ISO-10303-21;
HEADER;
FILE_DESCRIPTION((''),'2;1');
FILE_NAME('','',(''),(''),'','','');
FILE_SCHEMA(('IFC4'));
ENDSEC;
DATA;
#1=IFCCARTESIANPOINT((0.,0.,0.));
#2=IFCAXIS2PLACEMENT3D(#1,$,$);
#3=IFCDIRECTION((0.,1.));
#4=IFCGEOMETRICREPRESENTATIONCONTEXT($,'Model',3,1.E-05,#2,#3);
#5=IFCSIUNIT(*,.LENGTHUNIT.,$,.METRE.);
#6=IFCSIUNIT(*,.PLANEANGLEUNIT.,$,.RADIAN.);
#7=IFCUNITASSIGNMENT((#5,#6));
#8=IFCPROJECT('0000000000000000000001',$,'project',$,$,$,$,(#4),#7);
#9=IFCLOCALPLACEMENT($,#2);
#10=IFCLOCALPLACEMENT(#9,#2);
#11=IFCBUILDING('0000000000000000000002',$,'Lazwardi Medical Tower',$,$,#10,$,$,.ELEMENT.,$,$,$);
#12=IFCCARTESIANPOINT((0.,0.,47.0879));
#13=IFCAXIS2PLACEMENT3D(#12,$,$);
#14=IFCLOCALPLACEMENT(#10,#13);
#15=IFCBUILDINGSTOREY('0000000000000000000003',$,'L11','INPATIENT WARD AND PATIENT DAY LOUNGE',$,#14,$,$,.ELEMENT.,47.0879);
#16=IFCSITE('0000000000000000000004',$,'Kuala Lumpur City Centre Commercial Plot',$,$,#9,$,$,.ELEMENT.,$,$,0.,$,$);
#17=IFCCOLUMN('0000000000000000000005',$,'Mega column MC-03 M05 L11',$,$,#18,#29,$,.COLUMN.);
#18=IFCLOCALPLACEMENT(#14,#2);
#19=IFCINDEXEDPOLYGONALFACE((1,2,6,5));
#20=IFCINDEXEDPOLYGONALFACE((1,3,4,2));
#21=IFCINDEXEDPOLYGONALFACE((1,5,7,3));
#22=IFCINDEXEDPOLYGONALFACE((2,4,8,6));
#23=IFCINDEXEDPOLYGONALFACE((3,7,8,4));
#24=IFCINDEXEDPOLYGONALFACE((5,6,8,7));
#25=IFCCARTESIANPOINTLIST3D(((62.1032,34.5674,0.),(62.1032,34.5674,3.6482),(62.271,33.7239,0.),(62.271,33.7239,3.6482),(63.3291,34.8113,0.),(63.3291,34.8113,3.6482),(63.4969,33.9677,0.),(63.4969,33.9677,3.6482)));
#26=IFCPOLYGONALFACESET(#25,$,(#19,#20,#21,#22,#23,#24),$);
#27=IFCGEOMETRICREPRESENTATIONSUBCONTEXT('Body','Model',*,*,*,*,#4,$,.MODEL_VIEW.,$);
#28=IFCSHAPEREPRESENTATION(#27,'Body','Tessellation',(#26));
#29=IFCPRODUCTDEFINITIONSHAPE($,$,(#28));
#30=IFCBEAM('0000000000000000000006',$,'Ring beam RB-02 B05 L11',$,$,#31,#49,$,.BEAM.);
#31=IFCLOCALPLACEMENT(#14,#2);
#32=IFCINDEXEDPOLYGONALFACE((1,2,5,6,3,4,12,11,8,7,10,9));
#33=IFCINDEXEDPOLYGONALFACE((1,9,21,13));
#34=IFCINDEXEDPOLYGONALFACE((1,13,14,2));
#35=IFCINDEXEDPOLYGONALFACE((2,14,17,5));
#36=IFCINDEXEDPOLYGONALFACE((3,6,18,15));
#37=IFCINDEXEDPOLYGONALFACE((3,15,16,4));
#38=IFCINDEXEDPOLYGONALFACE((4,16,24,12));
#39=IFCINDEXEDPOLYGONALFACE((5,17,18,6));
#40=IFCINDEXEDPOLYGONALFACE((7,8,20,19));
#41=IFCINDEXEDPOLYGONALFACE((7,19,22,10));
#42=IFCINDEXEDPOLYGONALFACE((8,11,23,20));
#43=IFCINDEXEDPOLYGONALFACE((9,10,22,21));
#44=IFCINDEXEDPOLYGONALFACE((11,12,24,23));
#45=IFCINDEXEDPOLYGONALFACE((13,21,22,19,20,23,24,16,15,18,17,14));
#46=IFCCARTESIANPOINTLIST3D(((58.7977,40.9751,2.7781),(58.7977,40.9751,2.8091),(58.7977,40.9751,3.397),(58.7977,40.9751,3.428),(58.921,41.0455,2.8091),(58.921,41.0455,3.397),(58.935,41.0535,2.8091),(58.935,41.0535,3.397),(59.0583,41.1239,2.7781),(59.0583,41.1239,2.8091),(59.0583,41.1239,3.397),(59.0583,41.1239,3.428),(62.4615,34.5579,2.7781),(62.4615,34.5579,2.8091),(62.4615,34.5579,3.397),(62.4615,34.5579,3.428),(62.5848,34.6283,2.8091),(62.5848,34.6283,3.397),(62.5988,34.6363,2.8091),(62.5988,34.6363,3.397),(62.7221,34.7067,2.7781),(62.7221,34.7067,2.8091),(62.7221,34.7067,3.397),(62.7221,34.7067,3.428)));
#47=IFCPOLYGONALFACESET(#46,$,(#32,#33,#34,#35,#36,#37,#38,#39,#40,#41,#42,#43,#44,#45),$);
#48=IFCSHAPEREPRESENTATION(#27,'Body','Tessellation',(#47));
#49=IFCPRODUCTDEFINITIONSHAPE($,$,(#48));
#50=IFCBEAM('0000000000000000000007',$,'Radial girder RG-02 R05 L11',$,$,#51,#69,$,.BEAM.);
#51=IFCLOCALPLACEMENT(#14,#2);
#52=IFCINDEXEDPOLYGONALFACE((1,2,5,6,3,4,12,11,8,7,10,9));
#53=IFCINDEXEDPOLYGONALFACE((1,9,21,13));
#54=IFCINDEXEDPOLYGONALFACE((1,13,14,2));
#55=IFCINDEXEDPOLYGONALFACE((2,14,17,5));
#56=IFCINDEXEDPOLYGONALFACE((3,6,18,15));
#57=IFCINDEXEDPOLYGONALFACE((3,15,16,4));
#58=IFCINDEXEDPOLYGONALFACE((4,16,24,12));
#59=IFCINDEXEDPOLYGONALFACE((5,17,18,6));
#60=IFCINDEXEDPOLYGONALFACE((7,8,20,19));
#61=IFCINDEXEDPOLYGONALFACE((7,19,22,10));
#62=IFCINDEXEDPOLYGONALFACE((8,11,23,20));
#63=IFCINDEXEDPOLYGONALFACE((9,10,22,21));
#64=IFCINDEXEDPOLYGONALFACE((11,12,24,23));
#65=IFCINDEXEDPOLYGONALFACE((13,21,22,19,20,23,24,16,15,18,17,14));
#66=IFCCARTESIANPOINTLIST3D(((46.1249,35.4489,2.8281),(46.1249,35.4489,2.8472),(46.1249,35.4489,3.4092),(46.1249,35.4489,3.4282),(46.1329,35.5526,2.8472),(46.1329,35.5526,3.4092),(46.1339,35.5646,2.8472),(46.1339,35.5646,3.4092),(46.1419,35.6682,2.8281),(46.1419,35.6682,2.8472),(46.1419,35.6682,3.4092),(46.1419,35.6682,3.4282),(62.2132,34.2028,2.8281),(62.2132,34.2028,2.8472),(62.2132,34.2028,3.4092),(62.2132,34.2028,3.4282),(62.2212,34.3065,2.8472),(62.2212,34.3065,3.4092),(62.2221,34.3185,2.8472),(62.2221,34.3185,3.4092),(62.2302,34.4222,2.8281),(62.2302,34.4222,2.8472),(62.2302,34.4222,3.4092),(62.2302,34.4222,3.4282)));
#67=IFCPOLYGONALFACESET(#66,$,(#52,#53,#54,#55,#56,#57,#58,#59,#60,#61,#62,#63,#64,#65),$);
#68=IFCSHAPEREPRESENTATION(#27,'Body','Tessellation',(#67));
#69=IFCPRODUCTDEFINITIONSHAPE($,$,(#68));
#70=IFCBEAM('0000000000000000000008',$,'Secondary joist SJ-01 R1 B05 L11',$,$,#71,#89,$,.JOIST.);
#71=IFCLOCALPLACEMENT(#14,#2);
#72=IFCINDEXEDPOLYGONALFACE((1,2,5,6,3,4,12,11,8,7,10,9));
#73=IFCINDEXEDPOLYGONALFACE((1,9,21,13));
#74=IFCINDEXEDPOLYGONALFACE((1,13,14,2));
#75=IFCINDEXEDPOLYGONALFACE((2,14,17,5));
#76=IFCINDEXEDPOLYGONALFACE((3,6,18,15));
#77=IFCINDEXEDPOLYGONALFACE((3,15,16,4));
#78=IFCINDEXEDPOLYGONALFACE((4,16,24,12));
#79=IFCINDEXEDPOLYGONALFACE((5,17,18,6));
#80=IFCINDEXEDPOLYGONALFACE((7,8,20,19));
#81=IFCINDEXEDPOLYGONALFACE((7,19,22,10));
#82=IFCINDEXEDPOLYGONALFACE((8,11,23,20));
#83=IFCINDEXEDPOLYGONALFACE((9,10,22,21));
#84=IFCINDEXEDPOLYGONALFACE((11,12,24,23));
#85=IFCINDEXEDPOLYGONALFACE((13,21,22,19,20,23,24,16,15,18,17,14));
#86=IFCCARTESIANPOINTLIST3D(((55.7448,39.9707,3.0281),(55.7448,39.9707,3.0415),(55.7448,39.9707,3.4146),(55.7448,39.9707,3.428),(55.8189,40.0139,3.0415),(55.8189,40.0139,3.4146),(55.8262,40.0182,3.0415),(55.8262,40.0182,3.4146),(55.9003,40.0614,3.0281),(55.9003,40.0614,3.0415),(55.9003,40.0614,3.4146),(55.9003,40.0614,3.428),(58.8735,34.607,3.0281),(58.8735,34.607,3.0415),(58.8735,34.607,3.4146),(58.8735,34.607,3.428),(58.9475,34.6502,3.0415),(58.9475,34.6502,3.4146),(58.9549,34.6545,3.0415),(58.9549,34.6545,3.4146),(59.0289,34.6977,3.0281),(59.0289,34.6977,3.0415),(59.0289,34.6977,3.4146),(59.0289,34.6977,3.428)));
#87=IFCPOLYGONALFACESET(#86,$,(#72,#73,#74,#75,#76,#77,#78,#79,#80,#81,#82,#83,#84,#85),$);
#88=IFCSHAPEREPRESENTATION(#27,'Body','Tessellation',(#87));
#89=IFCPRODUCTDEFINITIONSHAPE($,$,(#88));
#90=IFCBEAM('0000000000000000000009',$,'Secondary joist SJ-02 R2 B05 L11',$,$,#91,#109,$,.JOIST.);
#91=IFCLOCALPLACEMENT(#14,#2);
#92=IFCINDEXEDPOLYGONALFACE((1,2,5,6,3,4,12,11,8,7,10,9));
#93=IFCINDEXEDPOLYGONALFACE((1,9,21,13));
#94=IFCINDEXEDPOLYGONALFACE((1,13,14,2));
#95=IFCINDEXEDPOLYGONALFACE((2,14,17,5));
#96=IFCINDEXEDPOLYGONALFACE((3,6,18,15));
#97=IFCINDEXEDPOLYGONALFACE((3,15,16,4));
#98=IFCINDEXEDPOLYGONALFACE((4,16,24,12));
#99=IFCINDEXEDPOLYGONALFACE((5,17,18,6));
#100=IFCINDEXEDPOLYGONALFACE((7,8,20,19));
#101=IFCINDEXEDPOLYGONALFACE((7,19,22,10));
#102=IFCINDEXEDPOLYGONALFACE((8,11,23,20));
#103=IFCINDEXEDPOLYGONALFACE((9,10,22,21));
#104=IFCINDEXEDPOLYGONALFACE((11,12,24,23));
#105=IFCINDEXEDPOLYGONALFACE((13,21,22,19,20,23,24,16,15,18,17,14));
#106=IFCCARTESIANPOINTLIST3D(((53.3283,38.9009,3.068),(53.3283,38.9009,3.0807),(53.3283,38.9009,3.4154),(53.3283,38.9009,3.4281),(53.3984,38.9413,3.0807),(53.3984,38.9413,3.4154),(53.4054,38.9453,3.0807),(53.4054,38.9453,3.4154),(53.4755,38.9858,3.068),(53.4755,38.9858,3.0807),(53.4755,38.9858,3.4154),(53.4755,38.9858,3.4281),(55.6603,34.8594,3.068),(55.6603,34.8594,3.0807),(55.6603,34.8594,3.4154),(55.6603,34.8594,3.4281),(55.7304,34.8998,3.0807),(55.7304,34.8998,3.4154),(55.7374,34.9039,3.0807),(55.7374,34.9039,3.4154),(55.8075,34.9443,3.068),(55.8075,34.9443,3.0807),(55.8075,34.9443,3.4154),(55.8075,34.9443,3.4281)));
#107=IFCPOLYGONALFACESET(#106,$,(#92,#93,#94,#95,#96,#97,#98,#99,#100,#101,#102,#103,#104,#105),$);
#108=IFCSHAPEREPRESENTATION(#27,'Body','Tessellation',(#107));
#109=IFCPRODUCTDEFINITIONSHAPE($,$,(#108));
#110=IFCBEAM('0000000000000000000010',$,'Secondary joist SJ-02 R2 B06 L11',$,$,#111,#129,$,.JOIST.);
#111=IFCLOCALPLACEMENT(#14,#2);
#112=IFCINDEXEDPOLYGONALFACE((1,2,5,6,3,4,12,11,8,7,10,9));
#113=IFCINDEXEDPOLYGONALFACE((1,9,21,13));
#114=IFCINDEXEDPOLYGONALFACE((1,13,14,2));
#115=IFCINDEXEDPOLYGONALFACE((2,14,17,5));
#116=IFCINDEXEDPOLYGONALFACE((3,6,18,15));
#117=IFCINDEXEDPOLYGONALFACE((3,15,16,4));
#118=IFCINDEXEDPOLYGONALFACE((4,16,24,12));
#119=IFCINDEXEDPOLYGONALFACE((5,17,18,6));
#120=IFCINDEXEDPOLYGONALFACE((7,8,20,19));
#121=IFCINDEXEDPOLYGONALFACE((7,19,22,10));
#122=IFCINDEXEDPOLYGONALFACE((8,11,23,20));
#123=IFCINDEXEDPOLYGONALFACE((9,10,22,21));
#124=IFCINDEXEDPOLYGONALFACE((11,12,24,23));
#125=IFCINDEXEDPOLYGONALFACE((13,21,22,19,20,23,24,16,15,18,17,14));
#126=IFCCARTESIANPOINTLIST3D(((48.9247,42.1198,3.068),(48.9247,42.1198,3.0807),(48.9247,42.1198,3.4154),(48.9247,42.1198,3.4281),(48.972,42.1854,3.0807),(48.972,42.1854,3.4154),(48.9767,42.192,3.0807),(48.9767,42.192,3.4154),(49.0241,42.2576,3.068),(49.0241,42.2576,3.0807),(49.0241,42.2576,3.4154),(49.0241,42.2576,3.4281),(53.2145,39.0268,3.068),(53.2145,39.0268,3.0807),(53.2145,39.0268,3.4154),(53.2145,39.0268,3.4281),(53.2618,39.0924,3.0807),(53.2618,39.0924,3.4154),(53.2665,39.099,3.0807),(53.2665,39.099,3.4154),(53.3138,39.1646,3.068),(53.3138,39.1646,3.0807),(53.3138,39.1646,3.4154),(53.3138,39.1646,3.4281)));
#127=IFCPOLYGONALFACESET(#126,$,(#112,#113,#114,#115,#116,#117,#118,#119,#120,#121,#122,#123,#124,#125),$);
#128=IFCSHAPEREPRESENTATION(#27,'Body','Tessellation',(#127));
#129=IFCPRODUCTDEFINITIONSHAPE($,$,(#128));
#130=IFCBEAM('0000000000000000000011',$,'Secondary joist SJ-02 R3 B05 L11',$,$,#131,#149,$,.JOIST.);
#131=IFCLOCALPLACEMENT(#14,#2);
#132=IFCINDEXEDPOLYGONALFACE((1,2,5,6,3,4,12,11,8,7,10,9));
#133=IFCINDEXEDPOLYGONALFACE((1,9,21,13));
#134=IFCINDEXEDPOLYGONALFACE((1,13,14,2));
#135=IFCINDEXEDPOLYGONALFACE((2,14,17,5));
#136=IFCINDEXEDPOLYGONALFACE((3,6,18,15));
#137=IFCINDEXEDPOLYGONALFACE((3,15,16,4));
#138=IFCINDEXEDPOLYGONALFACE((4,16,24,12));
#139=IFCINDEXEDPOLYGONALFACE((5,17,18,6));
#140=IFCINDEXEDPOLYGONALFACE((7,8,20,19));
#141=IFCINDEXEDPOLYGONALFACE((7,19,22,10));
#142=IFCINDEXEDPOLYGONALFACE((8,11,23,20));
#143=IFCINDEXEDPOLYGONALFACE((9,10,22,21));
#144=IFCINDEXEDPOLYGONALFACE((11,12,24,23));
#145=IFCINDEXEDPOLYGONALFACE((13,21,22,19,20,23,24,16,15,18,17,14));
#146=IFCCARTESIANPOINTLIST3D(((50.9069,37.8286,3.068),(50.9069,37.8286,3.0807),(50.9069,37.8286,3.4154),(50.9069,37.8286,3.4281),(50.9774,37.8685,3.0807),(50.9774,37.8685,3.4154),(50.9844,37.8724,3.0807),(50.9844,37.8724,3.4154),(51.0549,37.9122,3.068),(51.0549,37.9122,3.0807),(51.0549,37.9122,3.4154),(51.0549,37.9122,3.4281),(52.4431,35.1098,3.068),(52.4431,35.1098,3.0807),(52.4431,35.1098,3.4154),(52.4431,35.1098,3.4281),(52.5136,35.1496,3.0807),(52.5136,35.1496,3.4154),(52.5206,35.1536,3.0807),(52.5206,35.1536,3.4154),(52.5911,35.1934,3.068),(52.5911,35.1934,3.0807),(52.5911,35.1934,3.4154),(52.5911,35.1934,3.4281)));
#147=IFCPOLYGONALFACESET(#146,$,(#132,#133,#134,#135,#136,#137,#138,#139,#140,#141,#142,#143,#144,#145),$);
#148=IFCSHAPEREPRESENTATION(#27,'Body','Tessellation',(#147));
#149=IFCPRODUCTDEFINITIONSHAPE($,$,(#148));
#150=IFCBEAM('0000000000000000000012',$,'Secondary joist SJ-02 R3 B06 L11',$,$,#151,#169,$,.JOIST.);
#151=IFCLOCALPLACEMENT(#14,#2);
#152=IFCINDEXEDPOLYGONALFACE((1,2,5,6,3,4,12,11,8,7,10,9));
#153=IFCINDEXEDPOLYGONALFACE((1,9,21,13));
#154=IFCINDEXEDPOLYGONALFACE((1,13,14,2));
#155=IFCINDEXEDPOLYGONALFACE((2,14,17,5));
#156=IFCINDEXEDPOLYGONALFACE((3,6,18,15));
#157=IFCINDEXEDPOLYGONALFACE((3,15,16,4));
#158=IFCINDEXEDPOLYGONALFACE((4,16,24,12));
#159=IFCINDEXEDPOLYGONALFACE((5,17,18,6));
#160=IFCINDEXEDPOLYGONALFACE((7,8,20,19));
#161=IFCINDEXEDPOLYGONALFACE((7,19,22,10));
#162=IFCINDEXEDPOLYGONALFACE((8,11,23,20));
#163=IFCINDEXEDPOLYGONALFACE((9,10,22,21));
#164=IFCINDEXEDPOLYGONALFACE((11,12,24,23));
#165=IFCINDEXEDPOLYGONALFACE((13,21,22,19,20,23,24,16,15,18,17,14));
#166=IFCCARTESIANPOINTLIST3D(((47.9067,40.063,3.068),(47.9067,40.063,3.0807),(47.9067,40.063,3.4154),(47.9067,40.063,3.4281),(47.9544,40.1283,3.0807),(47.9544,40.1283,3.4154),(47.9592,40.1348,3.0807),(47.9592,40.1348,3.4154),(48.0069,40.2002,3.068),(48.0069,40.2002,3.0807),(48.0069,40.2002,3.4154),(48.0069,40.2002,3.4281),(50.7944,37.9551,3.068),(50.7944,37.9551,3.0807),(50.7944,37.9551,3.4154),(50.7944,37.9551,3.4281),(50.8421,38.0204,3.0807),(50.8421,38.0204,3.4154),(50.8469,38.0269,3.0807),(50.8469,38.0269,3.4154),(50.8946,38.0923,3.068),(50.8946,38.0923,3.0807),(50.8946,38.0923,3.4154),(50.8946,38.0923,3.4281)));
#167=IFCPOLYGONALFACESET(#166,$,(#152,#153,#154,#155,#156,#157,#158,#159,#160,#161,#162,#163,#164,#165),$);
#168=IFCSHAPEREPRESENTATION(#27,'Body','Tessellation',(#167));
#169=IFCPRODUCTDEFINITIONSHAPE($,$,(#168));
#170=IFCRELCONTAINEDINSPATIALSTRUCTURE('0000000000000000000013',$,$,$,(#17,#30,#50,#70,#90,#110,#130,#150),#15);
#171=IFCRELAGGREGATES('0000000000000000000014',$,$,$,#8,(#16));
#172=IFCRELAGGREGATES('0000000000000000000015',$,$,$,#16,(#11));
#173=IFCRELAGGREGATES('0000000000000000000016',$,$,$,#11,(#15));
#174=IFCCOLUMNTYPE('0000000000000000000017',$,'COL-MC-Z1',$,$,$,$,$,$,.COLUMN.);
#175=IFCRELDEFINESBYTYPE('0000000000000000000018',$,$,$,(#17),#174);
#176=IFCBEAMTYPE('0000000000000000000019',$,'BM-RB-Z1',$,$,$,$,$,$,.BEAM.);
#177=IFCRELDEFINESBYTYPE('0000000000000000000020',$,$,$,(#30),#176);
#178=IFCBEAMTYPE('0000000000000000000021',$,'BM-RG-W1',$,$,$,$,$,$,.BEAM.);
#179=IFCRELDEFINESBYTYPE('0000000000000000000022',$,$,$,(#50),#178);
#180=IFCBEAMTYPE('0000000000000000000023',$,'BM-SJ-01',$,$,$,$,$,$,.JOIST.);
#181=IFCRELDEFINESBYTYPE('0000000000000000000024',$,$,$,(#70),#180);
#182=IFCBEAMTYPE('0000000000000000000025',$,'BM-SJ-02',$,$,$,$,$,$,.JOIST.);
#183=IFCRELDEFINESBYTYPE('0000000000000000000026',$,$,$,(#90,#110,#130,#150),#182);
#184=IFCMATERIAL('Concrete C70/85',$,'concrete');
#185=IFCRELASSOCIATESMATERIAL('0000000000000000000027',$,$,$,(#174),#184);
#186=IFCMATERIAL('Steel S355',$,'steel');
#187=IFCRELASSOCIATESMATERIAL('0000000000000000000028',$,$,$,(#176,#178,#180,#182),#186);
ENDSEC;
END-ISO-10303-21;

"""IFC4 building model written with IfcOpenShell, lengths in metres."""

from ifc_helpers import new_model, si_unit, direction, frame, origin, origin_2d, place, context, subcontext, project, spatial, rectangle, i_section, extrude, material, material_profile, profile_set, type_object, element, save


model = new_model("IFC4")

# Units and contexts
model_context = context("Model", 3, precision=1e-05, world=origin(), true_north=direction((0.0, 1.0)))
body_context = subcontext(model_context, "Body", "Model", "MODEL_VIEW")
ifc_project = project(units=[si_unit("LENGTHUNIT", "METRE"), si_unit("PLANEANGLEUNIT", "RADIAN")], contexts=[model_context])

# Site, building, storey
site_placement = place(None, origin())
site = spatial("IfcSite", under=ifc_project, at=site_placement, Name="Kuala Lumpur City Centre Commercial Plot", CompositionType="ELEMENT", RefElevation=0.0)
building_placement = place(site_placement, origin())
building = spatial("IfcBuilding", under=site, at=building_placement, Name="Lazwardi Medical Tower", CompositionType="ELEMENT")
storey_placement = place(building_placement, frame((0.0, 0.0, 47.0879)))
storey = spatial("IfcBuildingStorey", under=building, at=storey_placement, Name="L11", Description="INPATIENT WARD AND PATIENT DAY LOUNGE", CompositionType="ELEMENT", Elevation=47.0879)

# Column
ifc_material_1 = material(Name="Concrete C70/85", Category="concrete")
ifc_material_profile_1 = material_profile(ifc_material_1, rectangle(XDim=1.25, YDim=0.8601, at=origin_2d()), Name="CFT-RECT 1250x860")
ifc_profile_set_1 = profile_set([ifc_material_profile_1], Name="Concrete C70/85")
column_type = type_object("IfcColumnType", Name="COL-MC-Z1", PredefinedType="COLUMN", material=ifc_profile_set_1)
column_placement = place(storey_placement, frame((62.8, 34.2676, 0.0), z_axis=(0.0, 0.0, 1.0), x_axis=(0.980785, 0.19509, 0.0)))
element("IfcColumn", 1, at=column_placement, inside=storey, type_object=column_type, Name="Mega column MC-03 M05 L11", PredefinedType="COLUMN", context=body_context, shape_type="SweptSolid", body=[
    extrude(rectangle(XDim=1.25, YDim=0.8601, at=origin_2d()), origin(), (0.0, 0.0, 1.0), 3.6482),
])

# Beams
ifc_material_2 = material(Name="Steel S355", Category="steel")
ifc_material_profile_2 = material_profile(ifc_material_2, i_section(OverallWidth=0.3, OverallDepth=0.6499, WebThickness=0.0161, FlangeThickness=0.031, at=origin_2d()), Name="HEB 650")
ifc_profile_set_2 = profile_set([ifc_material_profile_2], Name="Steel S355")
beam_type_1 = type_object("IfcBeamType", Name="BM-RB-Z1", PredefinedType="BEAM", material=ifc_profile_set_2)
beam_1_placement = place(storey_placement, frame((62.5918, 34.6323, 3.103), z_axis=(-0.495815, 0.868428, 0.0), x_axis=(-0.868428, -0.495815, 0.0)))
element("IfcBeam", 2, at=beam_1_placement, inside=storey, type_object=beam_type_1, Name="Ring beam RB-02 B05 L11", PredefinedType="BEAM", context=body_context, shape_type="SweptSolid", body=[
    extrude(i_section(OverallWidth=0.3, OverallDepth=0.6499, WebThickness=0.0161, FlangeThickness=0.031, at=origin_2d()), origin(), (0.0, 0.0, 1.0), 7.3894),
])
ifc_material_profile_3 = material_profile(ifc_material_2, i_section(OverallWidth=0.22, OverallDepth=0.6001, WebThickness=0.012, FlangeThickness=0.019, at=origin_2d()), Name="IPE 600")
ifc_profile_set_3 = profile_set([ifc_material_profile_3], Name="Steel S355")
beam_type_2 = type_object("IfcBeamType", Name="BM-RG-W1", PredefinedType="BEAM", material=ifc_profile_set_3)
beam_2_placement = place(storey_placement, frame((62.2217, 34.3125, 3.1282), z_axis=(-0.997014, 0.077222, 0.0), x_axis=(-0.077222, -0.997014, 0.0)))
element("IfcBeam", 3, at=beam_2_placement, inside=storey, type_object=beam_type_2, Name="Radial girder RG-02 R05 L11", PredefinedType="BEAM", context=body_context, shape_type="SweptSolid", body=[
    extrude(i_section(OverallWidth=0.22, OverallDepth=0.6001, WebThickness=0.012, FlangeThickness=0.019, at=origin_2d()), origin(), (0.0, 0.0, 1.0), 16.1365),
])
ifc_material_profile_4 = material_profile(ifc_material_2, i_section(OverallWidth=0.1799, OverallDepth=0.3999, WebThickness=0.0085, FlangeThickness=0.0134, at=origin_2d()), Name="IPE 400")
ifc_profile_set_4 = profile_set([ifc_material_profile_4], Name="Steel S355")
beam_type_3 = type_object("IfcBeamType", Name="BM-SJ-01", PredefinedType="JOIST", material=ifc_profile_set_4)
beam_3_placement = place(storey_placement, frame((58.9512, 34.6523, 3.228), z_axis=(-0.503847, 0.863793, 0.0), x_axis=(-0.863793, -0.503847, 0.0)))
element("IfcBeam", 4, at=beam_3_placement, inside=storey, type_object=beam_type_3, Name="Secondary joist SJ-01 R1 B05 L11", PredefinedType="JOIST", context=body_context, shape_type="SweptSolid", body=[
    extrude(i_section(OverallWidth=0.1799, OverallDepth=0.3999, WebThickness=0.0085, FlangeThickness=0.0134, at=origin_2d()), origin(), (0.0, 0.0, 1.0), 6.2095),
])
ifc_material_profile_5 = material_profile(ifc_material_2, i_section(OverallWidth=0.1699, OverallDepth=0.3601, WebThickness=0.0081, FlangeThickness=0.0127, at=origin_2d()), Name="IPE 360")
ifc_profile_set_5 = profile_set([ifc_material_profile_5], Name="Steel S355")
beam_type_4 = type_object("IfcBeamType", Name="BM-SJ-02", PredefinedType="JOIST", material=ifc_profile_set_5)
beam_4_placement = place(storey_placement, frame((55.7339, 34.9019, 3.248), z_axis=(-0.499786, 0.866149, 0.0), x_axis=(-0.866149, -0.499786, 0.0)))
element("IfcBeam", 5, at=beam_4_placement, inside=storey, type_object=beam_type_4, Name="Secondary joist SJ-02 R2 B05 L11", PredefinedType="JOIST", context=body_context, shape_type="SweptSolid", body=[
    extrude(i_section(OverallWidth=0.1699, OverallDepth=0.3601, WebThickness=0.0081, FlangeThickness=0.0127, at=origin_2d()), origin(), (0.0, 0.0, 1.0), 4.666),
])
beam_5_placement = place(storey_placement, frame((53.2642, 39.0957, 3.248), z_axis=(-0.811143, 0.584848, 0.0), x_axis=(-0.584848, -0.811143, 0.0)))
element("IfcBeam", 6, at=beam_5_placement, inside=storey, type_object=beam_type_4, Name="Secondary joist SJ-02 R2 B06 L11", PredefinedType="JOIST", context=body_context, shape_type="SweptSolid", body=[
    extrude(i_section(OverallWidth=0.1699, OverallDepth=0.3601, WebThickness=0.0081, FlangeThickness=0.0127, at=origin_2d()), origin(), (0.0, 0.0, 1.0), 5.2886),
])
beam_6_placement = place(storey_placement, frame((52.5171, 35.1516, 3.248), z_axis=(-0.491923, 0.870639, 0.0), x_axis=(-0.870639, -0.491923, 0.0)))
element("IfcBeam", 7, at=beam_6_placement, inside=storey, type_object=beam_type_4, Name="Secondary joist SJ-02 R3 B05 L11", PredefinedType="JOIST", context=body_context, shape_type="SweptSolid", body=[
    extrude(i_section(OverallWidth=0.1699, OverallDepth=0.3601, WebThickness=0.0081, FlangeThickness=0.0127, at=origin_2d()), origin(), (0.0, 0.0, 1.0), 3.1228),
])
beam_7_placement = place(storey_placement, frame((50.8445, 38.0237, 3.248), z_axis=(-0.807701, 0.589592, 0.0), x_axis=(-0.589592, -0.807701, 0.0)))
element("IfcBeam", 8, at=beam_7_placement, inside=storey, type_object=beam_type_4, Name="Secondary joist SJ-02 R3 B06 L11", PredefinedType="JOIST", context=body_context, shape_type="SweptSolid", body=[
    extrude(i_section(OverallWidth=0.1699, OverallDepth=0.3601, WebThickness=0.0081, FlangeThickness=0.0127, at=origin_2d()), origin(), (0.0, 0.0, 1.0), 3.5752),
])

save(model, "model.ifc")
